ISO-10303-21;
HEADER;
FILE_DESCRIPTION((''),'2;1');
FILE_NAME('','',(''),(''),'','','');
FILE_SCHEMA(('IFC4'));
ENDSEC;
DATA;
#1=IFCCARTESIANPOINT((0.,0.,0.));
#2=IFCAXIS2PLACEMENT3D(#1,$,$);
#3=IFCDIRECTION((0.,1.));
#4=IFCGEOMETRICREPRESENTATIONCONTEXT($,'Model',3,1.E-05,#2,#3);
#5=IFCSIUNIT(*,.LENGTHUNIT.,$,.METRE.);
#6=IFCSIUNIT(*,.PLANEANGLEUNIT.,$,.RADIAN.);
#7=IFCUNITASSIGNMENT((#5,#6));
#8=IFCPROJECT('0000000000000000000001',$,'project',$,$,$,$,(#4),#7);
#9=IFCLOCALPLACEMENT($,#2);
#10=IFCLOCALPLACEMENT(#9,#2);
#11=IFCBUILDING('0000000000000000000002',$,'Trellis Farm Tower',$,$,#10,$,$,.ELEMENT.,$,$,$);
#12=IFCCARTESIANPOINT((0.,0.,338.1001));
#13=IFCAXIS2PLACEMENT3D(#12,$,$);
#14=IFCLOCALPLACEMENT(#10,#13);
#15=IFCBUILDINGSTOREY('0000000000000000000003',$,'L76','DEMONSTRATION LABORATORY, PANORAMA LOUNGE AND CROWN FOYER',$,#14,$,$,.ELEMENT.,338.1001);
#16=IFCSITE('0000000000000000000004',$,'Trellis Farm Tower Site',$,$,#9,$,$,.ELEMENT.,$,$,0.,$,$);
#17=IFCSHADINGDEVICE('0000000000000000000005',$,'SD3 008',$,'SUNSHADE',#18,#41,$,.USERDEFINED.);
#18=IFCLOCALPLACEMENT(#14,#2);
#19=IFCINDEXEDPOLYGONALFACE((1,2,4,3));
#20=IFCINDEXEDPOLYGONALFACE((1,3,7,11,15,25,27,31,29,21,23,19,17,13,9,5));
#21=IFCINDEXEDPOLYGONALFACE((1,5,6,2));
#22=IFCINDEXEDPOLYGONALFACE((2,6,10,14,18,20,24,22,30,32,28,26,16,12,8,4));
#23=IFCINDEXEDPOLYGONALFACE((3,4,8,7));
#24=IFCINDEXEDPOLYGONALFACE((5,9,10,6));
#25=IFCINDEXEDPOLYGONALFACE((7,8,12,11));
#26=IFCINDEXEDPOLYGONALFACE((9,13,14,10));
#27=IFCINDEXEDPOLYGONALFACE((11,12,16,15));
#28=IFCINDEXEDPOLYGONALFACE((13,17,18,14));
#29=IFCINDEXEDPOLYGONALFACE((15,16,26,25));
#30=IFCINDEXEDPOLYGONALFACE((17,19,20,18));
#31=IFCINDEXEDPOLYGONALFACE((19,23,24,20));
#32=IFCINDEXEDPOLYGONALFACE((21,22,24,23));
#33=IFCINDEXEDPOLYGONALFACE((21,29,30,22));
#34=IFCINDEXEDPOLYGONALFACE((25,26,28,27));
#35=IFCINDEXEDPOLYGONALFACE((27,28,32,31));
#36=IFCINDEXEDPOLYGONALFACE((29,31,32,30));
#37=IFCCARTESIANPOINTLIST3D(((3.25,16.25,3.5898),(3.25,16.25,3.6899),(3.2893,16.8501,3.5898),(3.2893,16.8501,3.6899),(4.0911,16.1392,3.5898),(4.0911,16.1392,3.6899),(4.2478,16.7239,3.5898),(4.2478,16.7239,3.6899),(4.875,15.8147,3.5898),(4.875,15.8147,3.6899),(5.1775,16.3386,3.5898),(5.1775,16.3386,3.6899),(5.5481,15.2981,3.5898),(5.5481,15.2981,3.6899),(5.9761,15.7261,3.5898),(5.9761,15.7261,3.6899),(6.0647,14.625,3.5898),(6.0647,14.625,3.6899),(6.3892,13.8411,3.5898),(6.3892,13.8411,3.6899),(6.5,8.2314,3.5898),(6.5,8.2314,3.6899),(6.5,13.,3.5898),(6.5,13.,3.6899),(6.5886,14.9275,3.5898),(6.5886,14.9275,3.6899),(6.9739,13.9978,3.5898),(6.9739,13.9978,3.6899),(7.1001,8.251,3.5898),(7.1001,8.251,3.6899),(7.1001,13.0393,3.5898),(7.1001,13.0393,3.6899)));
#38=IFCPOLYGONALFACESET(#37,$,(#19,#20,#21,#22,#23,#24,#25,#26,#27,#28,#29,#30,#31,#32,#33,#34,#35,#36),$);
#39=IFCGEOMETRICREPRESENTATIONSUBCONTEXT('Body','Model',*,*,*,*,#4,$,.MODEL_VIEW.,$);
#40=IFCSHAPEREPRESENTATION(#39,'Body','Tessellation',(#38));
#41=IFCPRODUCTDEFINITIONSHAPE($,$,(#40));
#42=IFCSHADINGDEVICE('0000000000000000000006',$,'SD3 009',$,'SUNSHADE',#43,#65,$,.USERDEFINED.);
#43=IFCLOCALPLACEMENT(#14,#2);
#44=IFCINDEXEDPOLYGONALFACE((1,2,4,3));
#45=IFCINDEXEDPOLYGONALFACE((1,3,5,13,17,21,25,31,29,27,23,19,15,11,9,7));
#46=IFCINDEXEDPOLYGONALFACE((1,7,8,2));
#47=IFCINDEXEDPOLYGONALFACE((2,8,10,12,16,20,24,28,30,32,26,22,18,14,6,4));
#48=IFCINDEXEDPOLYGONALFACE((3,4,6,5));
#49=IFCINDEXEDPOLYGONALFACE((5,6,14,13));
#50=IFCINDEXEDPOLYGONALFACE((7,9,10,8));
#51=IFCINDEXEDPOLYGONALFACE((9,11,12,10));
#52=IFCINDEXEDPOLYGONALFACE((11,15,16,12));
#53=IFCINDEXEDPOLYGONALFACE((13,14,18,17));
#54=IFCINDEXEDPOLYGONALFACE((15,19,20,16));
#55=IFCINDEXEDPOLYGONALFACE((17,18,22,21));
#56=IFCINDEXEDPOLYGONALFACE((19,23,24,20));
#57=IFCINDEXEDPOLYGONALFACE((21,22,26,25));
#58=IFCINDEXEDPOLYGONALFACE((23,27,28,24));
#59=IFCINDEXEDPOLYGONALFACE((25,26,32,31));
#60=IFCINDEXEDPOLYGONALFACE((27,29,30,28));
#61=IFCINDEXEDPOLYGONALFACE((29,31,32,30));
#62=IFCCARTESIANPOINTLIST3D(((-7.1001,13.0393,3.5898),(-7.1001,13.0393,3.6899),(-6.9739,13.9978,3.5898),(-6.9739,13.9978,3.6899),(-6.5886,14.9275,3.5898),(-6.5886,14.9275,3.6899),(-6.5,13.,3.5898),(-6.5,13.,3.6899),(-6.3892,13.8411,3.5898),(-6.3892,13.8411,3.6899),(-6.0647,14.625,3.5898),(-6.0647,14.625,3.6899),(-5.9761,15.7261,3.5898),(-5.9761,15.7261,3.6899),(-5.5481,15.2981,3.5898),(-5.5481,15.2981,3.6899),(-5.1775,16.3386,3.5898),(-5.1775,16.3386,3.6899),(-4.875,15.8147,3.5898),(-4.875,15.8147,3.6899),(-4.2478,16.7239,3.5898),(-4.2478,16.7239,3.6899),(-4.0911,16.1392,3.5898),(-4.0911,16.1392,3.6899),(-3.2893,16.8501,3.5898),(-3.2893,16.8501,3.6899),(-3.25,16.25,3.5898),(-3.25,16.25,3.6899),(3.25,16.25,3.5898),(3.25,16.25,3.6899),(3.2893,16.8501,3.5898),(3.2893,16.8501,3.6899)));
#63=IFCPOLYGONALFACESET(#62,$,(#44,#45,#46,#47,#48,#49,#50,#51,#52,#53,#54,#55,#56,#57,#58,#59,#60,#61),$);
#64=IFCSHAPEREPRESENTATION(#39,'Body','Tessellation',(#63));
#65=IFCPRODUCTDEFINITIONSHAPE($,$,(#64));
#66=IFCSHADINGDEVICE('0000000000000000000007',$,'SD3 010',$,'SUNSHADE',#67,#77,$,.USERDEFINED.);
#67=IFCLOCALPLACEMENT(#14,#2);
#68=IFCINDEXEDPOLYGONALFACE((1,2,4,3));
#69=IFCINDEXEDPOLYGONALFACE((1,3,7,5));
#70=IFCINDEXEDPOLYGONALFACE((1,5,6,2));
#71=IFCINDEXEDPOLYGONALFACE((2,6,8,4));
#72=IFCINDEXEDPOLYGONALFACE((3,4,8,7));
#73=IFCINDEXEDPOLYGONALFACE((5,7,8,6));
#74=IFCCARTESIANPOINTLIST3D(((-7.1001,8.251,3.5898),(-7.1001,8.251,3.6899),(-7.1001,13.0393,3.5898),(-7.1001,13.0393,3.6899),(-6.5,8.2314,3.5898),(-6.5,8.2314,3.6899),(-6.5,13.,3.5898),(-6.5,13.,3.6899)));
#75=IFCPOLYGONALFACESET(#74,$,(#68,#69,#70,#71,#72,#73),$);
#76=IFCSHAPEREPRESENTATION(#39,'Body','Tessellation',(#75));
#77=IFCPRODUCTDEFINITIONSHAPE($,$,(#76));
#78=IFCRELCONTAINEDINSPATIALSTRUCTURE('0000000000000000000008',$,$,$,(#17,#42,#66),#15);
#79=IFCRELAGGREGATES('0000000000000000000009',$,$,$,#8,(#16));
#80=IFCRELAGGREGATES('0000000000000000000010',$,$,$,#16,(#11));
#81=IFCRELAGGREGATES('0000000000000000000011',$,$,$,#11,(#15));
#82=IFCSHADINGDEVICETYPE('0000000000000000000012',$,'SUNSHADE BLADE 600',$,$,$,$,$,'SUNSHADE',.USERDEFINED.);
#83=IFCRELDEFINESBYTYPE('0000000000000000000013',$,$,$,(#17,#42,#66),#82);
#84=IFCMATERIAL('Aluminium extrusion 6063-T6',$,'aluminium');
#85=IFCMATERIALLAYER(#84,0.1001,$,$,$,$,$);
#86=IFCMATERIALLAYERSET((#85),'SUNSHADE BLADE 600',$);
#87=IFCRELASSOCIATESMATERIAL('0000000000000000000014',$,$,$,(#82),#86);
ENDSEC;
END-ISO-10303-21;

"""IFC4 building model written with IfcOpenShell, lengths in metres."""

from ifc_helpers import new_model, si_unit, direction, frame, origin, place, context, subcontext, project, spatial, polyline, outline, extrude, source, transform, mapped, material, layer, layer_set, type_object, element, save


model = new_model("IFC4")

# Units and contexts
model_context = context("Model", 3, precision=1e-05, world=origin(), true_north=direction((0.0, 1.0)))
body_context = subcontext(model_context, "Body", "Model", "MODEL_VIEW")
ifc_project = project(units=[si_unit("LENGTHUNIT", "METRE"), si_unit("PLANEANGLEUNIT", "RADIAN")], contexts=[model_context])

# Site, building, storey
site_placement = place(None, origin())
site = spatial("IfcSite", under=ifc_project, at=site_placement, Name="Trellis Farm Tower Site", CompositionType="ELEMENT", RefElevation=0.0)
building_placement = place(site_placement, origin())
building = spatial("IfcBuilding", under=site, at=building_placement, Name="Trellis Farm Tower", CompositionType="ELEMENT")
storey_placement = place(building_placement, frame((0.0, 0.0, 338.1001)))
storey = spatial("IfcBuildingStorey", under=building, at=storey_placement, Name="L76", Description="DEMONSTRATION LABORATORY, PANORAMA LOUNGE AND CROWN FOYER", CompositionType="ELEMENT", Elevation=338.1001)

# Shared definitions
ifc_material_1 = material(Name="Aluminium extrusion 6063-T6", Category="aluminium")

# Shading devices
ifc_layer_1 = layer(ifc_material_1, 0.1001)
ifc_layer_set_1 = layer_set([ifc_layer_1], Name="SUNSHADE BLADE 600")
shading_device_type = type_object("IfcShadingDeviceType", Name="SUNSHADE BLADE 600", ElementType="SUNSHADE", PredefinedType="USERDEFINED", material=ifc_layer_set_1)
placement_1 = place(storey_placement, frame((0.0, 0.0, 3.5898)))
shared_shape_1 = source(origin(), body_context, "Body", "SweptSolid", [
    extrude(outline(polyline([(7.1001, 8.251), (7.1001, 13.0393), (6.9739, 13.9978), (6.5886, 14.9275), (5.9761, 15.7261), (5.1775, 16.3386), (4.2478, 16.7239), (3.2893, 16.8501), (3.25, 16.25), (4.0911, 16.1392), (4.875, 15.8147), (5.5481, 15.2981), (6.0647, 14.625), (6.3892, 13.8411), (6.5, 13.0), (6.5, 8.2314), (7.1001, 8.251)])), origin(), (0.0, 0.0, 1.0), 0.1001),
])
element("IfcShadingDevice", 1, at=placement_1, inside=storey, type_object=shading_device_type, Name="SD3 008", ObjectType="SUNSHADE", PredefinedType="USERDEFINED", context=body_context, shape_type="MappedRepresentation", body=[
    mapped(shared_shape_1, transform((0.0, 0.0, 0.0))),
])
shared_shape_2 = source(origin(), body_context, "Body", "SweptSolid", [
    extrude(outline(polyline([(3.2893, 16.8501), (-3.2893, 16.8501), (-4.2478, 16.7239), (-5.1775, 16.3386), (-5.9761, 15.7261), (-6.5886, 14.9275), (-6.9739, 13.9978), (-7.1001, 13.0393), (-6.5, 13.0), (-6.3892, 13.8411), (-6.0647, 14.625), (-5.5481, 15.2981), (-4.875, 15.8147), (-4.0911, 16.1392), (-3.25, 16.25), (3.25, 16.25), (3.2893, 16.8501)])), origin(), (0.0, 0.0, 1.0), 0.1001),
])
element("IfcShadingDevice", 2, at=placement_1, inside=storey, type_object=shading_device_type, Name="SD3 009", ObjectType="SUNSHADE", PredefinedType="USERDEFINED", context=body_context, shape_type="MappedRepresentation", body=[
    mapped(shared_shape_2, transform((0.0, 0.0, 0.0))),
])
shared_shape_3 = source(origin(), body_context, "Body", "SweptSolid", [
    extrude(outline(polyline([(-7.1001, 13.0393), (-7.1001, 8.251), (-6.5, 8.2314), (-6.5, 13.0), (-7.1001, 13.0393)])), origin(), (0.0, 0.0, 1.0), 0.1001),
])
element("IfcShadingDevice", 3, at=placement_1, inside=storey, type_object=shading_device_type, Name="SD3 010", ObjectType="SUNSHADE", PredefinedType="USERDEFINED", context=body_context, shape_type="MappedRepresentation", body=[
    mapped(shared_shape_3, transform((0.0, 0.0, 0.0))),
])

save(model, "model.ifc")
